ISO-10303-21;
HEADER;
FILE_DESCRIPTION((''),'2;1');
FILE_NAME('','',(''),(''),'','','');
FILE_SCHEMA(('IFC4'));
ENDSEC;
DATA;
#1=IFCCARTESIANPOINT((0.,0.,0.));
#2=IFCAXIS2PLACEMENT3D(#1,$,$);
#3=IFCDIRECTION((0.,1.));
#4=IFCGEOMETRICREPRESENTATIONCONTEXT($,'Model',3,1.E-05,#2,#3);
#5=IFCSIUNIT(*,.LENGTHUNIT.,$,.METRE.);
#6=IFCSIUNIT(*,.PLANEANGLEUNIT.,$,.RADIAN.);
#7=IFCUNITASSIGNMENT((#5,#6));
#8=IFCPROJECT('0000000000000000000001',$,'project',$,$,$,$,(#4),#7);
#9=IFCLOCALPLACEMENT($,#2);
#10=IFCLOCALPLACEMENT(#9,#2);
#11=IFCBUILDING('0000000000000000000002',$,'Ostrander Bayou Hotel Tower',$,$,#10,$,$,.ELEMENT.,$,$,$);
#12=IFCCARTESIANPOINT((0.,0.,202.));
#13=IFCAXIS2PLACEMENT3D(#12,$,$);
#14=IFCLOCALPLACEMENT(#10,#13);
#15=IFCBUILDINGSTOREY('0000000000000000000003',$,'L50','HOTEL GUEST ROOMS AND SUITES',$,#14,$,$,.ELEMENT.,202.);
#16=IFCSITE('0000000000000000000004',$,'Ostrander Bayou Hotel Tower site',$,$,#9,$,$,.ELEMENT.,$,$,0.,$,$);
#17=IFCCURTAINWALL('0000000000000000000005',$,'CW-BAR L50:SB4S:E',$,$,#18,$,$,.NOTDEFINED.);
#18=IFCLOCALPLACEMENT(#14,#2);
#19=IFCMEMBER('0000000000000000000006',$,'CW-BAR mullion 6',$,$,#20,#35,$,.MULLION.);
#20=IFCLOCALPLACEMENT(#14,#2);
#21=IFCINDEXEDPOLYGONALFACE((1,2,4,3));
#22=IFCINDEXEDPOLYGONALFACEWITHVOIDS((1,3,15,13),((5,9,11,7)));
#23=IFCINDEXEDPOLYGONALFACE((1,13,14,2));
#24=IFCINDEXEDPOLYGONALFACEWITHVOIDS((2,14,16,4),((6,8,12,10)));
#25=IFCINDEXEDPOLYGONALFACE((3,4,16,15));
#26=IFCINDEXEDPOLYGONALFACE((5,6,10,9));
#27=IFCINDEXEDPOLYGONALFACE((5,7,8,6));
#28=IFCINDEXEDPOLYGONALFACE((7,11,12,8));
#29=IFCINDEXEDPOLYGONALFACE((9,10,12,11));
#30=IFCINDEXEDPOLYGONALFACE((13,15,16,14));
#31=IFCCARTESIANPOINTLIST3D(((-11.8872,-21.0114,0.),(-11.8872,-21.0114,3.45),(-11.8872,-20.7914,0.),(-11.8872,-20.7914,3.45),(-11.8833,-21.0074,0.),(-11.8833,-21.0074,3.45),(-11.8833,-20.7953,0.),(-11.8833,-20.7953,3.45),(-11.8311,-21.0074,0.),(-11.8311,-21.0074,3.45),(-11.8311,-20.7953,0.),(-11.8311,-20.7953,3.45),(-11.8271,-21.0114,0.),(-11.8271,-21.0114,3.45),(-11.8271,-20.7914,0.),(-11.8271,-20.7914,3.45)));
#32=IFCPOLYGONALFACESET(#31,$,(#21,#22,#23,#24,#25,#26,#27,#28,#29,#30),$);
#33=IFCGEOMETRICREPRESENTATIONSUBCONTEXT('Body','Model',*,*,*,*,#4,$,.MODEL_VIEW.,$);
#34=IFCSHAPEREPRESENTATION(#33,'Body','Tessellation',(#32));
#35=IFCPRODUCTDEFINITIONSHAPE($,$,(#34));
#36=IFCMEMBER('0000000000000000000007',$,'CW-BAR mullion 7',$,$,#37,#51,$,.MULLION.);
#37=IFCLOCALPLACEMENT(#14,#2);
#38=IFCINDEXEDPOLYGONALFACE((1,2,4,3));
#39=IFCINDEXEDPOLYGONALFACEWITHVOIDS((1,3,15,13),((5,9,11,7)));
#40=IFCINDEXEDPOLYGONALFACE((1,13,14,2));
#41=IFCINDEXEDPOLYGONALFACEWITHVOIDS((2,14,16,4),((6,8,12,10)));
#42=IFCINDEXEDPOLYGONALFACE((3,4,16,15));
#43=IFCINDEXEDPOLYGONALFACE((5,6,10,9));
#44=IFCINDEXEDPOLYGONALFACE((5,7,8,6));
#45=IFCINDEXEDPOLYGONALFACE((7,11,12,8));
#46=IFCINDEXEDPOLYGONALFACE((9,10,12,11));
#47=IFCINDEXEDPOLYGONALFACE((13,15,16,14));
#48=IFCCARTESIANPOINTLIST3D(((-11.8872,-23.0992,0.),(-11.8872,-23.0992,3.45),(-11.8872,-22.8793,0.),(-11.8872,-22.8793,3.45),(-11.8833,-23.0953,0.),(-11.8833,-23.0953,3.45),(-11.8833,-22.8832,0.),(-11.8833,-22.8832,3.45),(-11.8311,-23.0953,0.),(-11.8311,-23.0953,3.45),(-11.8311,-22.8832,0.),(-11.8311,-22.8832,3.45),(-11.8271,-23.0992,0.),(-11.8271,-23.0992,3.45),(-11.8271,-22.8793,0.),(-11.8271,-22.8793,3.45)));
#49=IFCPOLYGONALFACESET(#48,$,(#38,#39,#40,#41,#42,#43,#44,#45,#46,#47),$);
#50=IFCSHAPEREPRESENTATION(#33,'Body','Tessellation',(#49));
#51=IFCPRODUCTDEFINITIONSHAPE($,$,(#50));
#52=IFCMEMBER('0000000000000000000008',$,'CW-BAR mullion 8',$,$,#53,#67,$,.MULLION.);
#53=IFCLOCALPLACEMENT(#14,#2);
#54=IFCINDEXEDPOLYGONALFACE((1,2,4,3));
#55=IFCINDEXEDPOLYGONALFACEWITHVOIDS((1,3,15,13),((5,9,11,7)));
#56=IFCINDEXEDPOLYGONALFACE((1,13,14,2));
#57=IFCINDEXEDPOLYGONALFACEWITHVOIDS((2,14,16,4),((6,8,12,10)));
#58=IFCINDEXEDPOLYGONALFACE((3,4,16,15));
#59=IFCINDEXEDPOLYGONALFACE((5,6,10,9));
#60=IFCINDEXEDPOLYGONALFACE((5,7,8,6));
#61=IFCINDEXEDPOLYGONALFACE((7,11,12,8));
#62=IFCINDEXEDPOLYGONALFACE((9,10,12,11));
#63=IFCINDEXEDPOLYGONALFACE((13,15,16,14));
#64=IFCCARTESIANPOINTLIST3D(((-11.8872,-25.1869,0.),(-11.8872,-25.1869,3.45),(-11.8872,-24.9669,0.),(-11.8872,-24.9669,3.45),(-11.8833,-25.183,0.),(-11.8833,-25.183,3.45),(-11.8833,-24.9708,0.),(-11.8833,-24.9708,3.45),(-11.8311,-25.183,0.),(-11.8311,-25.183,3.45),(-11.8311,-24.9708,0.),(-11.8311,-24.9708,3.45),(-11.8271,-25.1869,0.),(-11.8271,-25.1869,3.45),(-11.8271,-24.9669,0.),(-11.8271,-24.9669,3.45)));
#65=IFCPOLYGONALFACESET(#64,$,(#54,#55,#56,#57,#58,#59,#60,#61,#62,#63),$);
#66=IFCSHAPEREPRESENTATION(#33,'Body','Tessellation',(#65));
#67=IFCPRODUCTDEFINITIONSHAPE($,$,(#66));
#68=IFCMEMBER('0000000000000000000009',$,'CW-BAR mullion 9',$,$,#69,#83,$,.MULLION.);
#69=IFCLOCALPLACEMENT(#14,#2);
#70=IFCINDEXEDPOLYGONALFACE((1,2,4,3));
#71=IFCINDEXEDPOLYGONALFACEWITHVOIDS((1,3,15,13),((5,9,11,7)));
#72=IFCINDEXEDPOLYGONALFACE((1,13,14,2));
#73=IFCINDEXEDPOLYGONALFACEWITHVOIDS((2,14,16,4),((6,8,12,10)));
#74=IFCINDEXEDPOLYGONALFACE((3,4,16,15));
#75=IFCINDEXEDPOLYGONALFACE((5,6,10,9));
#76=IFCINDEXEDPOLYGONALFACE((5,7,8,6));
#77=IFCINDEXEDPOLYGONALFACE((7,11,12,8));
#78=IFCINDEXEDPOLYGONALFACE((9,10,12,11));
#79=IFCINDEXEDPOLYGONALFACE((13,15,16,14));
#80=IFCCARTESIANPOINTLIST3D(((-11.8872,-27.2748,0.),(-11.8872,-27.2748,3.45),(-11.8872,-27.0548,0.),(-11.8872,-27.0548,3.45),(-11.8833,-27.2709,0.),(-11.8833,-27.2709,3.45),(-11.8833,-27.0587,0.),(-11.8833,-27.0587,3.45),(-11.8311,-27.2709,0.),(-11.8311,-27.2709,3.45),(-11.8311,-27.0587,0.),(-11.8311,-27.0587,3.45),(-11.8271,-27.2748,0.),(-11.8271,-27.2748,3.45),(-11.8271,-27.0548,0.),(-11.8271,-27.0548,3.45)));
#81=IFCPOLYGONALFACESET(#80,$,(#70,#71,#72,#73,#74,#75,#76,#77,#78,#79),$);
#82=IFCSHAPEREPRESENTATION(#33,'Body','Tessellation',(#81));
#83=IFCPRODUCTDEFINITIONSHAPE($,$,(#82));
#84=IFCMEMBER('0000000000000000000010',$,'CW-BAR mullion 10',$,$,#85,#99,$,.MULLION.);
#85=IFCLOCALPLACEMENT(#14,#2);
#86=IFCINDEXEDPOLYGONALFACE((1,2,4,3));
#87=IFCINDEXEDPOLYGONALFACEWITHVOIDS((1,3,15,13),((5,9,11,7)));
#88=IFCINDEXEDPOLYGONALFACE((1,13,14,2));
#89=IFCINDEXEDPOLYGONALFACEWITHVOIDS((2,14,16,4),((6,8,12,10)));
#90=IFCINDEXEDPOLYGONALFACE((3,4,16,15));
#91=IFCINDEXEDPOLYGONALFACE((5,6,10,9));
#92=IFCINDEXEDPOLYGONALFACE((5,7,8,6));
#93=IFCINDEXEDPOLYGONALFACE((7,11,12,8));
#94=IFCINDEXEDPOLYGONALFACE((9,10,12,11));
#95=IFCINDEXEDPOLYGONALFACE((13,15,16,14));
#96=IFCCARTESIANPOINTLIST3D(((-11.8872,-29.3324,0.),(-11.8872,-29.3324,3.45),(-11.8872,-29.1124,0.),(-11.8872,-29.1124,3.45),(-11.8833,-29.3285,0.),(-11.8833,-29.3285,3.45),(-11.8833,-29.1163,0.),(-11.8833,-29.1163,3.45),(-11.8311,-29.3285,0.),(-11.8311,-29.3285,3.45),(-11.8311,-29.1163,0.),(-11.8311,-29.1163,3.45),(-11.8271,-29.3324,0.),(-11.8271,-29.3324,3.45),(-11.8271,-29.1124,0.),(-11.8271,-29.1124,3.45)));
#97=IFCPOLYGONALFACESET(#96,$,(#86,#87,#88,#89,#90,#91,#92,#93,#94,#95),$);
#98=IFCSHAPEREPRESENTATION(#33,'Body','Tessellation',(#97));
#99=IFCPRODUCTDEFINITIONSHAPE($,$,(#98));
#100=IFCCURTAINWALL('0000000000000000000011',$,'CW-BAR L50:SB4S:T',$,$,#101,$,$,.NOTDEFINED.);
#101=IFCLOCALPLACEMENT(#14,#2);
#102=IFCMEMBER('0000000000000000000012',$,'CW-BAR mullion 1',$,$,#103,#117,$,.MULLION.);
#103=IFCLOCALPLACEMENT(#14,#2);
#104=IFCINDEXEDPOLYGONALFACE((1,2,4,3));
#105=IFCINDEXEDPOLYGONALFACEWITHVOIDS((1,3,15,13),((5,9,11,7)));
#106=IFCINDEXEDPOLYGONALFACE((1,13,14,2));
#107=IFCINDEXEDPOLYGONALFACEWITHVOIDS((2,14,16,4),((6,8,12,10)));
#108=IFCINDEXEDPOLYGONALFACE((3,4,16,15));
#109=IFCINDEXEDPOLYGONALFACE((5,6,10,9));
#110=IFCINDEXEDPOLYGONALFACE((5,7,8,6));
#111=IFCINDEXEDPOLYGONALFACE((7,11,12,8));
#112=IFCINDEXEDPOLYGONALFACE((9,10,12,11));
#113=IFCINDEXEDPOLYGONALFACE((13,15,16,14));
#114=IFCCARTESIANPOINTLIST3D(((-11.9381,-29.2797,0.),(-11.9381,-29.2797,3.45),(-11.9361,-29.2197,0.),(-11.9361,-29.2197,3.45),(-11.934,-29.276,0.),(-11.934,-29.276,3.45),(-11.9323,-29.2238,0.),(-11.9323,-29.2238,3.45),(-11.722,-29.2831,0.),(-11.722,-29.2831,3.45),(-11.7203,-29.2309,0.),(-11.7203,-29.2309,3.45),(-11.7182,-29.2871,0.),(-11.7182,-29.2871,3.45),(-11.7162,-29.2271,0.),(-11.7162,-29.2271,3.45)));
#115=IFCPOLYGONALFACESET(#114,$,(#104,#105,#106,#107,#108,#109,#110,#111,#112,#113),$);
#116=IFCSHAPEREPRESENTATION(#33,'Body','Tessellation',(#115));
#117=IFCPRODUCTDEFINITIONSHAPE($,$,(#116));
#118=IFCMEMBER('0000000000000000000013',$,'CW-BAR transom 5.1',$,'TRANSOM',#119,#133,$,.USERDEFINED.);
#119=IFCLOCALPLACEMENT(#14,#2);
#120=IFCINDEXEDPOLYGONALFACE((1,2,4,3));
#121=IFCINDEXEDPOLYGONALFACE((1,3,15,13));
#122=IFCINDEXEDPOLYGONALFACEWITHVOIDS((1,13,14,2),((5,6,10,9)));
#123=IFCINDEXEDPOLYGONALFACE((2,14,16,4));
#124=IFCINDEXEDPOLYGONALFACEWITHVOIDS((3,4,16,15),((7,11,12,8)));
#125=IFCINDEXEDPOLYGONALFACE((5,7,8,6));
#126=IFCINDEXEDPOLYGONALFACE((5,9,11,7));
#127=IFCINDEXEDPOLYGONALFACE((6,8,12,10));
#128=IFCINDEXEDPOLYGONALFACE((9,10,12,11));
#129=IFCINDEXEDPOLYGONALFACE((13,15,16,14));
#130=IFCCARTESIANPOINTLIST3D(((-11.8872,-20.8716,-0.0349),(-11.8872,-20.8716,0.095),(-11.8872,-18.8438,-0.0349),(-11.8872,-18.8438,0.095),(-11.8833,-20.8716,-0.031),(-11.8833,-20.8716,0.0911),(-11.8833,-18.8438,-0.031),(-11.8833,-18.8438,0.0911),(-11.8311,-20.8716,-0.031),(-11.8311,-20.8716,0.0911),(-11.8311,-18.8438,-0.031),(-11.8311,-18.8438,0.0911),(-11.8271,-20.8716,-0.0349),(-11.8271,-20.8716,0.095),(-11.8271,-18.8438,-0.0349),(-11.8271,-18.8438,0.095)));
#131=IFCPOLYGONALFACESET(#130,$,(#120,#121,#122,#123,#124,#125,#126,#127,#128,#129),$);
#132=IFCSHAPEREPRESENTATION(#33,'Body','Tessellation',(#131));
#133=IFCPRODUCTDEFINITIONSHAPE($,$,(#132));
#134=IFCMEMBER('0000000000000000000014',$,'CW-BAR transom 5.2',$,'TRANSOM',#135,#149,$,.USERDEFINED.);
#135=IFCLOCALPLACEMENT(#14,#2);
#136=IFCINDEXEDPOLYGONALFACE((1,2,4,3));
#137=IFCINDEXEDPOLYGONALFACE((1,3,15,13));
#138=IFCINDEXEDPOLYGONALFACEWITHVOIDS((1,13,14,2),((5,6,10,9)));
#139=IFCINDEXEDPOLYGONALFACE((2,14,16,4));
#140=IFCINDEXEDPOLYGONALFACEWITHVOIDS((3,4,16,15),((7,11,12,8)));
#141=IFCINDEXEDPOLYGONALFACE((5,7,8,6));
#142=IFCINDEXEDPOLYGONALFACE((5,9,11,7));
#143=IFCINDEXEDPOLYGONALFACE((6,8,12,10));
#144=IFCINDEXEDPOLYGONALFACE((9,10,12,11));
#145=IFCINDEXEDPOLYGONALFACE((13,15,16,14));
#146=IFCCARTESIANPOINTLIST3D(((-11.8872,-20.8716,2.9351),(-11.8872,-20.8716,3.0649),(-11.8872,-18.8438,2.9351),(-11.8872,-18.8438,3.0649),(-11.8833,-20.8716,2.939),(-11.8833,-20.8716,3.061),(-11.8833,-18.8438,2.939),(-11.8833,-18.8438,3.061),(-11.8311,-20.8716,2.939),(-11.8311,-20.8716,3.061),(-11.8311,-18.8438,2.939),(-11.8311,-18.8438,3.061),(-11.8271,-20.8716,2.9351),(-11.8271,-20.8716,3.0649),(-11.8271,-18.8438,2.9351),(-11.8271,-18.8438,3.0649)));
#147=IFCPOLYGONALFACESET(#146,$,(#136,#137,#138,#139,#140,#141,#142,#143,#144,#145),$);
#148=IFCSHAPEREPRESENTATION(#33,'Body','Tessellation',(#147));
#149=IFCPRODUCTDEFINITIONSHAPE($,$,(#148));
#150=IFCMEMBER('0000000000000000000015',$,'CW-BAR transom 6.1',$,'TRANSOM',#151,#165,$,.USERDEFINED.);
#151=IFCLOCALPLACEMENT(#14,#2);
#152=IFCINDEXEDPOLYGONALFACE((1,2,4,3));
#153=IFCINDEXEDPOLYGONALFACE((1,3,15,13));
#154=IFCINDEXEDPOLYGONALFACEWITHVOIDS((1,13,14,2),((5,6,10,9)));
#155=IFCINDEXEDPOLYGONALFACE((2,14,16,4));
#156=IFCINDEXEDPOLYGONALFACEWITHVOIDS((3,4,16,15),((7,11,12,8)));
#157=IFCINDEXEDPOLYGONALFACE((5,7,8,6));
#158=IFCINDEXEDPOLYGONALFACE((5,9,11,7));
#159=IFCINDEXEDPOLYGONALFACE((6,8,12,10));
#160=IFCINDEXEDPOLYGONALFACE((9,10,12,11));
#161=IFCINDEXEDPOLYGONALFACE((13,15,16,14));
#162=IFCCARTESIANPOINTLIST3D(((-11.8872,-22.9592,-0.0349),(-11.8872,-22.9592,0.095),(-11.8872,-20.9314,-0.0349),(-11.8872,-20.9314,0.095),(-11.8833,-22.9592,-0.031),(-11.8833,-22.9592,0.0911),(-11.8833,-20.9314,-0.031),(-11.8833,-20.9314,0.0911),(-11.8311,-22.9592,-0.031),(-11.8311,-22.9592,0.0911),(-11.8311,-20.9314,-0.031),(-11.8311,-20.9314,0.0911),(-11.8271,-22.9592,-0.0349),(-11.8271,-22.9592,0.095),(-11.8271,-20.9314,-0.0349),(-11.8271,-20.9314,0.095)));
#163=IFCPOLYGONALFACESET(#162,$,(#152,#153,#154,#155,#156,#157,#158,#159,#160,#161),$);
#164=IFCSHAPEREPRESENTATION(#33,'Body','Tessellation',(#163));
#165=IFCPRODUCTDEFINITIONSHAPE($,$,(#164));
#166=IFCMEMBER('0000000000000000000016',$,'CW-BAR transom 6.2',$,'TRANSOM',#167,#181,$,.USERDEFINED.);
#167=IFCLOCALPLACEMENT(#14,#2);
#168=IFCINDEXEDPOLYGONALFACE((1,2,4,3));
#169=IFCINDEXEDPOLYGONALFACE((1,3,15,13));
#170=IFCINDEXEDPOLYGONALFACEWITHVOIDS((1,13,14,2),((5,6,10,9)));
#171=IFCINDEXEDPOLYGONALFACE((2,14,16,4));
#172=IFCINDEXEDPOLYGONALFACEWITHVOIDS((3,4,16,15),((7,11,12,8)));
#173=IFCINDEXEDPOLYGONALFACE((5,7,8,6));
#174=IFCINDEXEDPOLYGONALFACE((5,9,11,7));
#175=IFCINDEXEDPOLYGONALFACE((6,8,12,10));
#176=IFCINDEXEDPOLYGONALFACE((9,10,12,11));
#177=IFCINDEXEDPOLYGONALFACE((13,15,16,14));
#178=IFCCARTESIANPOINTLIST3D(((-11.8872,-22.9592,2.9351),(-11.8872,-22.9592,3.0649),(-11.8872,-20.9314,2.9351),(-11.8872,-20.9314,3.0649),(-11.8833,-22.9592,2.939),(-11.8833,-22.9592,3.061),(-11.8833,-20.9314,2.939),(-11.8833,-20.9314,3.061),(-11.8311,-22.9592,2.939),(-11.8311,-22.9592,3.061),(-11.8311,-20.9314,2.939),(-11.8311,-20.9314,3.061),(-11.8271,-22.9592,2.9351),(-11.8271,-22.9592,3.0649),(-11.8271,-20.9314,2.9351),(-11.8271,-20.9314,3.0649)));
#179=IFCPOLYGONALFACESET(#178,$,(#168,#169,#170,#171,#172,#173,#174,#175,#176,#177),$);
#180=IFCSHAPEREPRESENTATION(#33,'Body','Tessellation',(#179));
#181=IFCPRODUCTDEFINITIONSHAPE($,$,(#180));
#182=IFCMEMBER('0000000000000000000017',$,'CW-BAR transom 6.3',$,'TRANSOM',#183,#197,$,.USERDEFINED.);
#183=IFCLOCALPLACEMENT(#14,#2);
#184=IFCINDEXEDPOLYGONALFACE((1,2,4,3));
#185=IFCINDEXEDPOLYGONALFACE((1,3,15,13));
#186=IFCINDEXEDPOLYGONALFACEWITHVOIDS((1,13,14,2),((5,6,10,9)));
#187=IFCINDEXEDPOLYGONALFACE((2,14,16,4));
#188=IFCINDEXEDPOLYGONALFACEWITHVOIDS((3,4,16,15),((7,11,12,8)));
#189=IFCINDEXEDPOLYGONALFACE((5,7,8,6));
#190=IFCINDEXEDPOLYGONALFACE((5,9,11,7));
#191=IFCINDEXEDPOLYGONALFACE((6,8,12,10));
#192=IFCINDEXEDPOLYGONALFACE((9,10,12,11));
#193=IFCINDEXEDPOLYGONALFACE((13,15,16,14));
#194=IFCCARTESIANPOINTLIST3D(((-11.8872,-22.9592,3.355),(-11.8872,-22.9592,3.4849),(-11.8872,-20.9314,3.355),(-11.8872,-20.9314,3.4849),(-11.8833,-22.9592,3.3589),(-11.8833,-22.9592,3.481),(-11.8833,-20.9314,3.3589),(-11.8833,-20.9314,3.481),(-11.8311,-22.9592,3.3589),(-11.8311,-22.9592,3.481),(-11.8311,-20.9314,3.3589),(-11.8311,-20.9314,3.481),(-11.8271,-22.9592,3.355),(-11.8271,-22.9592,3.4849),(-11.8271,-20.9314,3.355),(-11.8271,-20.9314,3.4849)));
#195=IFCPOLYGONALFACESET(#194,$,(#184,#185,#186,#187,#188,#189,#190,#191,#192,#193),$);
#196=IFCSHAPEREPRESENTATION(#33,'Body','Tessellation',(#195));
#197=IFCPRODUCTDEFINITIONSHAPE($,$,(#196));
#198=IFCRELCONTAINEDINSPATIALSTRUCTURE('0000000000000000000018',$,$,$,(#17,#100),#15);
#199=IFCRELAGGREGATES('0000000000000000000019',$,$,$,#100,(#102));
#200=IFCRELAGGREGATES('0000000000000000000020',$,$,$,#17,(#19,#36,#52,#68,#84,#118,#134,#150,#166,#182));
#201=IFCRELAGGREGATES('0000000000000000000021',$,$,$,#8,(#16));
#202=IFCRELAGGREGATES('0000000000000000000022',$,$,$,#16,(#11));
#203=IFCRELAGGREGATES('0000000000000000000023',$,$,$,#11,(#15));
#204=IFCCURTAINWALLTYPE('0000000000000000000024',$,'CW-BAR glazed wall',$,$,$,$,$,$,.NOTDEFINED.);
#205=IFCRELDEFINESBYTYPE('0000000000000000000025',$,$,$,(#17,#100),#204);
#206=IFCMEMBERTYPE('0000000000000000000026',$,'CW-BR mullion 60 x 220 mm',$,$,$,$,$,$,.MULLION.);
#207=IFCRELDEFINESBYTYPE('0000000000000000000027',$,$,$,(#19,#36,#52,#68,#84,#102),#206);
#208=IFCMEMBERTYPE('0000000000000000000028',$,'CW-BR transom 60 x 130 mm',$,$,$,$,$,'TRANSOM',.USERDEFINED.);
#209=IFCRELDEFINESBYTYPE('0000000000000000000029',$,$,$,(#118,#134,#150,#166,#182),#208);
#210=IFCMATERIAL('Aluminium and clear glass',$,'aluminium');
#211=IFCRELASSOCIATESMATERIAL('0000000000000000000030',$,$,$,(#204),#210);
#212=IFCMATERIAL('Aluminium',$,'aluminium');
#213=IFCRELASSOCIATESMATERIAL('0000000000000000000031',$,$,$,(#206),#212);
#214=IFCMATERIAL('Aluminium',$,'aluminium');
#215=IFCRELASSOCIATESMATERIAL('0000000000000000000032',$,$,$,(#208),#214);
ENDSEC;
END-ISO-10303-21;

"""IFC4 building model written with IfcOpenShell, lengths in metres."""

from ifc_helpers import new_model, si_unit, direction, frame, origin, origin_2d, place, context, subcontext, project, spatial, hollow_rectangle, extrude, material, material_profile, profile_set, type_object, element, aggregate, save


model = new_model("IFC4")

# Units and contexts
model_context = context("Model", 3, precision=1e-05, world=origin(), true_north=direction((0.0, 1.0)))
body_context = subcontext(model_context, "Body", "Model", "MODEL_VIEW")
ifc_project = project(units=[si_unit("LENGTHUNIT", "METRE"), si_unit("PLANEANGLEUNIT", "RADIAN")], contexts=[model_context])

# Site, building, storey
site_placement = place(None, origin())
site = spatial("IfcSite", under=ifc_project, at=site_placement, Name="Ostrander Bayou Hotel Tower site", CompositionType="ELEMENT", RefElevation=0.0)
building_placement = place(site_placement, origin())
building = spatial("IfcBuilding", under=site, at=building_placement, Name="Ostrander Bayou Hotel Tower", CompositionType="ELEMENT")
storey_placement = place(building_placement, frame((0.0, 0.0, 202.0)))
storey = spatial("IfcBuildingStorey", under=building, at=storey_placement, Name="L50", Description="HOTEL GUEST ROOMS AND SUITES", CompositionType="ELEMENT", Elevation=202.0)

# Curtain wall, members
ifc_material_1 = material(Name="Aluminium and clear glass", Category="aluminium")
curtain_wall_type = type_object("IfcCurtainWallType", Name="CW-BAR glazed wall", PredefinedType="NOTDEFINED", material=ifc_material_1)
curtain_wall_1_placement = place(storey_placement, origin())
curtain_wall_1 = element("IfcCurtainWall", 1, at=curtain_wall_1_placement, inside=storey, type_object=curtain_wall_type, Name="CW-BAR L50:SB4S:E", PredefinedType="NOTDEFINED")
ifc_material_2 = material(Name="Aluminium", Category="aluminium")
ifc_material_profile_1 = material_profile(ifc_material_2, hollow_rectangle(XDim=0.0601, YDim=0.22, WallThickness=0.0039, at=origin_2d()))
ifc_profile_set_1 = profile_set([ifc_material_profile_1], Name="Aluminium")
member_type_1 = type_object("IfcMemberType", Name="CW-BR mullion 60 x 220 mm", PredefinedType="MULLION", material=ifc_profile_set_1)
member_1_placement = place(storey_placement, frame((-11.8572, -20.9014, 0.0), z_axis=(0.0, 0.0, 1.0), x_axis=(1.0, 0.0, 0.0)))
member_1 = element("IfcMember", 2, at=member_1_placement, type_object=member_type_1, Name="CW-BAR mullion 6", PredefinedType="MULLION", context=body_context, shape_type="SweptSolid", body=[
    extrude(hollow_rectangle(XDim=0.0601, YDim=0.22, WallThickness=0.0039, at=origin_2d()), origin(), (0.0, 0.0, 1.0), 3.45),
])
member_2_placement = place(storey_placement, frame((-11.8572, -22.9893, 0.0), z_axis=(0.0, 0.0, 1.0), x_axis=(1.0, 0.0, 0.0)))
member_2 = element("IfcMember", 3, at=member_2_placement, type_object=member_type_1, Name="CW-BAR mullion 7", PredefinedType="MULLION", context=body_context, shape_type="SweptSolid", body=[
    extrude(hollow_rectangle(XDim=0.0601, YDim=0.22, WallThickness=0.0039, at=origin_2d()), origin(), (0.0, 0.0, 1.0), 3.45),
])
member_3_placement = place(storey_placement, frame((-11.8572, -25.0769, 0.0), z_axis=(0.0, 0.0, 1.0), x_axis=(1.0, 0.0, 0.0)))
member_3 = element("IfcMember", 4, at=member_3_placement, type_object=member_type_1, Name="CW-BAR mullion 8", PredefinedType="MULLION", context=body_context, shape_type="SweptSolid", body=[
    extrude(hollow_rectangle(XDim=0.0601, YDim=0.22, WallThickness=0.0039, at=origin_2d()), origin(), (0.0, 0.0, 1.0), 3.45),
])
member_4_placement = place(storey_placement, frame((-11.8572, -27.1648, 0.0), z_axis=(0.0, 0.0, 1.0), x_axis=(1.0, 0.0, 0.0)))
member_4 = element("IfcMember", 5, at=member_4_placement, type_object=member_type_1, Name="CW-BAR mullion 9", PredefinedType="MULLION", context=body_context, shape_type="SweptSolid", body=[
    extrude(hollow_rectangle(XDim=0.0601, YDim=0.22, WallThickness=0.0039, at=origin_2d()), origin(), (0.0, 0.0, 1.0), 3.45),
])
member_5_placement = place(storey_placement, frame((-11.8572, -29.2224, 0.0), z_axis=(0.0, 0.0, 1.0), x_axis=(1.0, 0.0, 0.0)))
member_5 = element("IfcMember", 6, at=member_5_placement, type_object=member_type_1, Name="CW-BAR mullion 10", PredefinedType="MULLION", context=body_context, shape_type="SweptSolid", body=[
    extrude(hollow_rectangle(XDim=0.0601, YDim=0.22, WallThickness=0.0039, at=origin_2d()), origin(), (0.0, 0.0, 1.0), 3.45),
])

# Curtain wall, member
curtain_wall_2_placement = place(storey_placement, origin())
curtain_wall_2 = element("IfcCurtainWall", 7, at=curtain_wall_2_placement, inside=storey, type_object=curtain_wall_type, Name="CW-BAR L50:SB4S:T", PredefinedType="NOTDEFINED")
member_6_placement = place(storey_placement, frame((-11.8271, -29.2534, 0.0), z_axis=(0.0, 0.0, 1.0), x_axis=(0.033505, 0.999439, 0.0)))
member_6 = element("IfcMember", 8, at=member_6_placement, type_object=member_type_1, Name="CW-BAR mullion 1", PredefinedType="MULLION", context=body_context, shape_type="SweptSolid", body=[
    extrude(hollow_rectangle(XDim=0.0601, YDim=0.22, WallThickness=0.0039, at=origin_2d()), origin(), (0.0, 0.0, 1.0), 3.45),
])
aggregate(curtain_wall_2, [member_6])

# Members
ifc_material_3 = material(Name="Aluminium", Category="aluminium")
ifc_material_profile_2 = material_profile(ifc_material_3, hollow_rectangle(XDim=0.0601, YDim=0.1299, WallThickness=0.0039, at=origin_2d()))
ifc_profile_set_2 = profile_set([ifc_material_profile_2], Name="Aluminium")
member_type_2 = type_object("IfcMemberType", Name="CW-BR transom 60 x 130 mm", ElementType="TRANSOM", PredefinedType="USERDEFINED", material=ifc_profile_set_2)
member_7_placement = place(storey_placement, frame((-11.8572, -18.8438, 0.03), z_axis=(0.0, -1.0, 0.0), x_axis=(1.0, 0.0, 0.0)))
member_7 = element("IfcMember", 9, at=member_7_placement, type_object=member_type_2, Name="CW-BAR transom 5.1", ObjectType="TRANSOM", PredefinedType="USERDEFINED", context=body_context, shape_type="SweptSolid", body=[
    extrude(hollow_rectangle(XDim=0.0601, YDim=0.1299, WallThickness=0.0039, at=origin_2d()), origin(), (0.0, 0.0, 1.0), 2.0278),
])
member_8_placement = place(storey_placement, frame((-11.8572, -18.8438, 3.0), z_axis=(0.0, -1.0, 0.0), x_axis=(1.0, 0.0, 0.0)))
member_8 = element("IfcMember", 10, at=member_8_placement, type_object=member_type_2, Name="CW-BAR transom 5.2", ObjectType="TRANSOM", PredefinedType="USERDEFINED", context=body_context, shape_type="SweptSolid", body=[
    extrude(hollow_rectangle(XDim=0.0601, YDim=0.1299, WallThickness=0.0039, at=origin_2d()), origin(), (0.0, 0.0, 1.0), 2.0278),
])
member_9_placement = place(storey_placement, frame((-11.8572, -20.9314, 0.03), z_axis=(0.0, -1.0, 0.0), x_axis=(1.0, 0.0, 0.0)))
member_9 = element("IfcMember", 11, at=member_9_placement, type_object=member_type_2, Name="CW-BAR transom 6.1", ObjectType="TRANSOM", PredefinedType="USERDEFINED", context=body_context, shape_type="SweptSolid", body=[
    extrude(hollow_rectangle(XDim=0.0601, YDim=0.1299, WallThickness=0.0039, at=origin_2d()), origin(), (0.0, 0.0, 1.0), 2.0278),
])
member_10_placement = place(storey_placement, frame((-11.8572, -20.9314, 3.0), z_axis=(0.0, -1.0, 0.0), x_axis=(1.0, 0.0, 0.0)))
member_10 = element("IfcMember", 12, at=member_10_placement, type_object=member_type_2, Name="CW-BAR transom 6.2", ObjectType="TRANSOM", PredefinedType="USERDEFINED", context=body_context, shape_type="SweptSolid", body=[
    extrude(hollow_rectangle(XDim=0.0601, YDim=0.1299, WallThickness=0.0039, at=origin_2d()), origin(), (0.0, 0.0, 1.0), 2.0278),
])
member_11_placement = place(storey_placement, frame((-11.8572, -20.9314, 3.4199), z_axis=(0.0, -1.0, 0.0), x_axis=(1.0, 0.0, 0.0)))
member_11 = element("IfcMember", 13, at=member_11_placement, type_object=member_type_2, Name="CW-BAR transom 6.3", ObjectType="TRANSOM", PredefinedType="USERDEFINED", context=body_context, shape_type="SweptSolid", body=[
    extrude(hollow_rectangle(XDim=0.0601, YDim=0.1299, WallThickness=0.0039, at=origin_2d()), origin(), (0.0, 0.0, 1.0), 2.0278),
])

aggregate(curtain_wall_1, [member_1, member_2, member_3, member_4, member_5, member_7, member_8, member_9, member_10, member_11])

save(model, "model.ifc")
